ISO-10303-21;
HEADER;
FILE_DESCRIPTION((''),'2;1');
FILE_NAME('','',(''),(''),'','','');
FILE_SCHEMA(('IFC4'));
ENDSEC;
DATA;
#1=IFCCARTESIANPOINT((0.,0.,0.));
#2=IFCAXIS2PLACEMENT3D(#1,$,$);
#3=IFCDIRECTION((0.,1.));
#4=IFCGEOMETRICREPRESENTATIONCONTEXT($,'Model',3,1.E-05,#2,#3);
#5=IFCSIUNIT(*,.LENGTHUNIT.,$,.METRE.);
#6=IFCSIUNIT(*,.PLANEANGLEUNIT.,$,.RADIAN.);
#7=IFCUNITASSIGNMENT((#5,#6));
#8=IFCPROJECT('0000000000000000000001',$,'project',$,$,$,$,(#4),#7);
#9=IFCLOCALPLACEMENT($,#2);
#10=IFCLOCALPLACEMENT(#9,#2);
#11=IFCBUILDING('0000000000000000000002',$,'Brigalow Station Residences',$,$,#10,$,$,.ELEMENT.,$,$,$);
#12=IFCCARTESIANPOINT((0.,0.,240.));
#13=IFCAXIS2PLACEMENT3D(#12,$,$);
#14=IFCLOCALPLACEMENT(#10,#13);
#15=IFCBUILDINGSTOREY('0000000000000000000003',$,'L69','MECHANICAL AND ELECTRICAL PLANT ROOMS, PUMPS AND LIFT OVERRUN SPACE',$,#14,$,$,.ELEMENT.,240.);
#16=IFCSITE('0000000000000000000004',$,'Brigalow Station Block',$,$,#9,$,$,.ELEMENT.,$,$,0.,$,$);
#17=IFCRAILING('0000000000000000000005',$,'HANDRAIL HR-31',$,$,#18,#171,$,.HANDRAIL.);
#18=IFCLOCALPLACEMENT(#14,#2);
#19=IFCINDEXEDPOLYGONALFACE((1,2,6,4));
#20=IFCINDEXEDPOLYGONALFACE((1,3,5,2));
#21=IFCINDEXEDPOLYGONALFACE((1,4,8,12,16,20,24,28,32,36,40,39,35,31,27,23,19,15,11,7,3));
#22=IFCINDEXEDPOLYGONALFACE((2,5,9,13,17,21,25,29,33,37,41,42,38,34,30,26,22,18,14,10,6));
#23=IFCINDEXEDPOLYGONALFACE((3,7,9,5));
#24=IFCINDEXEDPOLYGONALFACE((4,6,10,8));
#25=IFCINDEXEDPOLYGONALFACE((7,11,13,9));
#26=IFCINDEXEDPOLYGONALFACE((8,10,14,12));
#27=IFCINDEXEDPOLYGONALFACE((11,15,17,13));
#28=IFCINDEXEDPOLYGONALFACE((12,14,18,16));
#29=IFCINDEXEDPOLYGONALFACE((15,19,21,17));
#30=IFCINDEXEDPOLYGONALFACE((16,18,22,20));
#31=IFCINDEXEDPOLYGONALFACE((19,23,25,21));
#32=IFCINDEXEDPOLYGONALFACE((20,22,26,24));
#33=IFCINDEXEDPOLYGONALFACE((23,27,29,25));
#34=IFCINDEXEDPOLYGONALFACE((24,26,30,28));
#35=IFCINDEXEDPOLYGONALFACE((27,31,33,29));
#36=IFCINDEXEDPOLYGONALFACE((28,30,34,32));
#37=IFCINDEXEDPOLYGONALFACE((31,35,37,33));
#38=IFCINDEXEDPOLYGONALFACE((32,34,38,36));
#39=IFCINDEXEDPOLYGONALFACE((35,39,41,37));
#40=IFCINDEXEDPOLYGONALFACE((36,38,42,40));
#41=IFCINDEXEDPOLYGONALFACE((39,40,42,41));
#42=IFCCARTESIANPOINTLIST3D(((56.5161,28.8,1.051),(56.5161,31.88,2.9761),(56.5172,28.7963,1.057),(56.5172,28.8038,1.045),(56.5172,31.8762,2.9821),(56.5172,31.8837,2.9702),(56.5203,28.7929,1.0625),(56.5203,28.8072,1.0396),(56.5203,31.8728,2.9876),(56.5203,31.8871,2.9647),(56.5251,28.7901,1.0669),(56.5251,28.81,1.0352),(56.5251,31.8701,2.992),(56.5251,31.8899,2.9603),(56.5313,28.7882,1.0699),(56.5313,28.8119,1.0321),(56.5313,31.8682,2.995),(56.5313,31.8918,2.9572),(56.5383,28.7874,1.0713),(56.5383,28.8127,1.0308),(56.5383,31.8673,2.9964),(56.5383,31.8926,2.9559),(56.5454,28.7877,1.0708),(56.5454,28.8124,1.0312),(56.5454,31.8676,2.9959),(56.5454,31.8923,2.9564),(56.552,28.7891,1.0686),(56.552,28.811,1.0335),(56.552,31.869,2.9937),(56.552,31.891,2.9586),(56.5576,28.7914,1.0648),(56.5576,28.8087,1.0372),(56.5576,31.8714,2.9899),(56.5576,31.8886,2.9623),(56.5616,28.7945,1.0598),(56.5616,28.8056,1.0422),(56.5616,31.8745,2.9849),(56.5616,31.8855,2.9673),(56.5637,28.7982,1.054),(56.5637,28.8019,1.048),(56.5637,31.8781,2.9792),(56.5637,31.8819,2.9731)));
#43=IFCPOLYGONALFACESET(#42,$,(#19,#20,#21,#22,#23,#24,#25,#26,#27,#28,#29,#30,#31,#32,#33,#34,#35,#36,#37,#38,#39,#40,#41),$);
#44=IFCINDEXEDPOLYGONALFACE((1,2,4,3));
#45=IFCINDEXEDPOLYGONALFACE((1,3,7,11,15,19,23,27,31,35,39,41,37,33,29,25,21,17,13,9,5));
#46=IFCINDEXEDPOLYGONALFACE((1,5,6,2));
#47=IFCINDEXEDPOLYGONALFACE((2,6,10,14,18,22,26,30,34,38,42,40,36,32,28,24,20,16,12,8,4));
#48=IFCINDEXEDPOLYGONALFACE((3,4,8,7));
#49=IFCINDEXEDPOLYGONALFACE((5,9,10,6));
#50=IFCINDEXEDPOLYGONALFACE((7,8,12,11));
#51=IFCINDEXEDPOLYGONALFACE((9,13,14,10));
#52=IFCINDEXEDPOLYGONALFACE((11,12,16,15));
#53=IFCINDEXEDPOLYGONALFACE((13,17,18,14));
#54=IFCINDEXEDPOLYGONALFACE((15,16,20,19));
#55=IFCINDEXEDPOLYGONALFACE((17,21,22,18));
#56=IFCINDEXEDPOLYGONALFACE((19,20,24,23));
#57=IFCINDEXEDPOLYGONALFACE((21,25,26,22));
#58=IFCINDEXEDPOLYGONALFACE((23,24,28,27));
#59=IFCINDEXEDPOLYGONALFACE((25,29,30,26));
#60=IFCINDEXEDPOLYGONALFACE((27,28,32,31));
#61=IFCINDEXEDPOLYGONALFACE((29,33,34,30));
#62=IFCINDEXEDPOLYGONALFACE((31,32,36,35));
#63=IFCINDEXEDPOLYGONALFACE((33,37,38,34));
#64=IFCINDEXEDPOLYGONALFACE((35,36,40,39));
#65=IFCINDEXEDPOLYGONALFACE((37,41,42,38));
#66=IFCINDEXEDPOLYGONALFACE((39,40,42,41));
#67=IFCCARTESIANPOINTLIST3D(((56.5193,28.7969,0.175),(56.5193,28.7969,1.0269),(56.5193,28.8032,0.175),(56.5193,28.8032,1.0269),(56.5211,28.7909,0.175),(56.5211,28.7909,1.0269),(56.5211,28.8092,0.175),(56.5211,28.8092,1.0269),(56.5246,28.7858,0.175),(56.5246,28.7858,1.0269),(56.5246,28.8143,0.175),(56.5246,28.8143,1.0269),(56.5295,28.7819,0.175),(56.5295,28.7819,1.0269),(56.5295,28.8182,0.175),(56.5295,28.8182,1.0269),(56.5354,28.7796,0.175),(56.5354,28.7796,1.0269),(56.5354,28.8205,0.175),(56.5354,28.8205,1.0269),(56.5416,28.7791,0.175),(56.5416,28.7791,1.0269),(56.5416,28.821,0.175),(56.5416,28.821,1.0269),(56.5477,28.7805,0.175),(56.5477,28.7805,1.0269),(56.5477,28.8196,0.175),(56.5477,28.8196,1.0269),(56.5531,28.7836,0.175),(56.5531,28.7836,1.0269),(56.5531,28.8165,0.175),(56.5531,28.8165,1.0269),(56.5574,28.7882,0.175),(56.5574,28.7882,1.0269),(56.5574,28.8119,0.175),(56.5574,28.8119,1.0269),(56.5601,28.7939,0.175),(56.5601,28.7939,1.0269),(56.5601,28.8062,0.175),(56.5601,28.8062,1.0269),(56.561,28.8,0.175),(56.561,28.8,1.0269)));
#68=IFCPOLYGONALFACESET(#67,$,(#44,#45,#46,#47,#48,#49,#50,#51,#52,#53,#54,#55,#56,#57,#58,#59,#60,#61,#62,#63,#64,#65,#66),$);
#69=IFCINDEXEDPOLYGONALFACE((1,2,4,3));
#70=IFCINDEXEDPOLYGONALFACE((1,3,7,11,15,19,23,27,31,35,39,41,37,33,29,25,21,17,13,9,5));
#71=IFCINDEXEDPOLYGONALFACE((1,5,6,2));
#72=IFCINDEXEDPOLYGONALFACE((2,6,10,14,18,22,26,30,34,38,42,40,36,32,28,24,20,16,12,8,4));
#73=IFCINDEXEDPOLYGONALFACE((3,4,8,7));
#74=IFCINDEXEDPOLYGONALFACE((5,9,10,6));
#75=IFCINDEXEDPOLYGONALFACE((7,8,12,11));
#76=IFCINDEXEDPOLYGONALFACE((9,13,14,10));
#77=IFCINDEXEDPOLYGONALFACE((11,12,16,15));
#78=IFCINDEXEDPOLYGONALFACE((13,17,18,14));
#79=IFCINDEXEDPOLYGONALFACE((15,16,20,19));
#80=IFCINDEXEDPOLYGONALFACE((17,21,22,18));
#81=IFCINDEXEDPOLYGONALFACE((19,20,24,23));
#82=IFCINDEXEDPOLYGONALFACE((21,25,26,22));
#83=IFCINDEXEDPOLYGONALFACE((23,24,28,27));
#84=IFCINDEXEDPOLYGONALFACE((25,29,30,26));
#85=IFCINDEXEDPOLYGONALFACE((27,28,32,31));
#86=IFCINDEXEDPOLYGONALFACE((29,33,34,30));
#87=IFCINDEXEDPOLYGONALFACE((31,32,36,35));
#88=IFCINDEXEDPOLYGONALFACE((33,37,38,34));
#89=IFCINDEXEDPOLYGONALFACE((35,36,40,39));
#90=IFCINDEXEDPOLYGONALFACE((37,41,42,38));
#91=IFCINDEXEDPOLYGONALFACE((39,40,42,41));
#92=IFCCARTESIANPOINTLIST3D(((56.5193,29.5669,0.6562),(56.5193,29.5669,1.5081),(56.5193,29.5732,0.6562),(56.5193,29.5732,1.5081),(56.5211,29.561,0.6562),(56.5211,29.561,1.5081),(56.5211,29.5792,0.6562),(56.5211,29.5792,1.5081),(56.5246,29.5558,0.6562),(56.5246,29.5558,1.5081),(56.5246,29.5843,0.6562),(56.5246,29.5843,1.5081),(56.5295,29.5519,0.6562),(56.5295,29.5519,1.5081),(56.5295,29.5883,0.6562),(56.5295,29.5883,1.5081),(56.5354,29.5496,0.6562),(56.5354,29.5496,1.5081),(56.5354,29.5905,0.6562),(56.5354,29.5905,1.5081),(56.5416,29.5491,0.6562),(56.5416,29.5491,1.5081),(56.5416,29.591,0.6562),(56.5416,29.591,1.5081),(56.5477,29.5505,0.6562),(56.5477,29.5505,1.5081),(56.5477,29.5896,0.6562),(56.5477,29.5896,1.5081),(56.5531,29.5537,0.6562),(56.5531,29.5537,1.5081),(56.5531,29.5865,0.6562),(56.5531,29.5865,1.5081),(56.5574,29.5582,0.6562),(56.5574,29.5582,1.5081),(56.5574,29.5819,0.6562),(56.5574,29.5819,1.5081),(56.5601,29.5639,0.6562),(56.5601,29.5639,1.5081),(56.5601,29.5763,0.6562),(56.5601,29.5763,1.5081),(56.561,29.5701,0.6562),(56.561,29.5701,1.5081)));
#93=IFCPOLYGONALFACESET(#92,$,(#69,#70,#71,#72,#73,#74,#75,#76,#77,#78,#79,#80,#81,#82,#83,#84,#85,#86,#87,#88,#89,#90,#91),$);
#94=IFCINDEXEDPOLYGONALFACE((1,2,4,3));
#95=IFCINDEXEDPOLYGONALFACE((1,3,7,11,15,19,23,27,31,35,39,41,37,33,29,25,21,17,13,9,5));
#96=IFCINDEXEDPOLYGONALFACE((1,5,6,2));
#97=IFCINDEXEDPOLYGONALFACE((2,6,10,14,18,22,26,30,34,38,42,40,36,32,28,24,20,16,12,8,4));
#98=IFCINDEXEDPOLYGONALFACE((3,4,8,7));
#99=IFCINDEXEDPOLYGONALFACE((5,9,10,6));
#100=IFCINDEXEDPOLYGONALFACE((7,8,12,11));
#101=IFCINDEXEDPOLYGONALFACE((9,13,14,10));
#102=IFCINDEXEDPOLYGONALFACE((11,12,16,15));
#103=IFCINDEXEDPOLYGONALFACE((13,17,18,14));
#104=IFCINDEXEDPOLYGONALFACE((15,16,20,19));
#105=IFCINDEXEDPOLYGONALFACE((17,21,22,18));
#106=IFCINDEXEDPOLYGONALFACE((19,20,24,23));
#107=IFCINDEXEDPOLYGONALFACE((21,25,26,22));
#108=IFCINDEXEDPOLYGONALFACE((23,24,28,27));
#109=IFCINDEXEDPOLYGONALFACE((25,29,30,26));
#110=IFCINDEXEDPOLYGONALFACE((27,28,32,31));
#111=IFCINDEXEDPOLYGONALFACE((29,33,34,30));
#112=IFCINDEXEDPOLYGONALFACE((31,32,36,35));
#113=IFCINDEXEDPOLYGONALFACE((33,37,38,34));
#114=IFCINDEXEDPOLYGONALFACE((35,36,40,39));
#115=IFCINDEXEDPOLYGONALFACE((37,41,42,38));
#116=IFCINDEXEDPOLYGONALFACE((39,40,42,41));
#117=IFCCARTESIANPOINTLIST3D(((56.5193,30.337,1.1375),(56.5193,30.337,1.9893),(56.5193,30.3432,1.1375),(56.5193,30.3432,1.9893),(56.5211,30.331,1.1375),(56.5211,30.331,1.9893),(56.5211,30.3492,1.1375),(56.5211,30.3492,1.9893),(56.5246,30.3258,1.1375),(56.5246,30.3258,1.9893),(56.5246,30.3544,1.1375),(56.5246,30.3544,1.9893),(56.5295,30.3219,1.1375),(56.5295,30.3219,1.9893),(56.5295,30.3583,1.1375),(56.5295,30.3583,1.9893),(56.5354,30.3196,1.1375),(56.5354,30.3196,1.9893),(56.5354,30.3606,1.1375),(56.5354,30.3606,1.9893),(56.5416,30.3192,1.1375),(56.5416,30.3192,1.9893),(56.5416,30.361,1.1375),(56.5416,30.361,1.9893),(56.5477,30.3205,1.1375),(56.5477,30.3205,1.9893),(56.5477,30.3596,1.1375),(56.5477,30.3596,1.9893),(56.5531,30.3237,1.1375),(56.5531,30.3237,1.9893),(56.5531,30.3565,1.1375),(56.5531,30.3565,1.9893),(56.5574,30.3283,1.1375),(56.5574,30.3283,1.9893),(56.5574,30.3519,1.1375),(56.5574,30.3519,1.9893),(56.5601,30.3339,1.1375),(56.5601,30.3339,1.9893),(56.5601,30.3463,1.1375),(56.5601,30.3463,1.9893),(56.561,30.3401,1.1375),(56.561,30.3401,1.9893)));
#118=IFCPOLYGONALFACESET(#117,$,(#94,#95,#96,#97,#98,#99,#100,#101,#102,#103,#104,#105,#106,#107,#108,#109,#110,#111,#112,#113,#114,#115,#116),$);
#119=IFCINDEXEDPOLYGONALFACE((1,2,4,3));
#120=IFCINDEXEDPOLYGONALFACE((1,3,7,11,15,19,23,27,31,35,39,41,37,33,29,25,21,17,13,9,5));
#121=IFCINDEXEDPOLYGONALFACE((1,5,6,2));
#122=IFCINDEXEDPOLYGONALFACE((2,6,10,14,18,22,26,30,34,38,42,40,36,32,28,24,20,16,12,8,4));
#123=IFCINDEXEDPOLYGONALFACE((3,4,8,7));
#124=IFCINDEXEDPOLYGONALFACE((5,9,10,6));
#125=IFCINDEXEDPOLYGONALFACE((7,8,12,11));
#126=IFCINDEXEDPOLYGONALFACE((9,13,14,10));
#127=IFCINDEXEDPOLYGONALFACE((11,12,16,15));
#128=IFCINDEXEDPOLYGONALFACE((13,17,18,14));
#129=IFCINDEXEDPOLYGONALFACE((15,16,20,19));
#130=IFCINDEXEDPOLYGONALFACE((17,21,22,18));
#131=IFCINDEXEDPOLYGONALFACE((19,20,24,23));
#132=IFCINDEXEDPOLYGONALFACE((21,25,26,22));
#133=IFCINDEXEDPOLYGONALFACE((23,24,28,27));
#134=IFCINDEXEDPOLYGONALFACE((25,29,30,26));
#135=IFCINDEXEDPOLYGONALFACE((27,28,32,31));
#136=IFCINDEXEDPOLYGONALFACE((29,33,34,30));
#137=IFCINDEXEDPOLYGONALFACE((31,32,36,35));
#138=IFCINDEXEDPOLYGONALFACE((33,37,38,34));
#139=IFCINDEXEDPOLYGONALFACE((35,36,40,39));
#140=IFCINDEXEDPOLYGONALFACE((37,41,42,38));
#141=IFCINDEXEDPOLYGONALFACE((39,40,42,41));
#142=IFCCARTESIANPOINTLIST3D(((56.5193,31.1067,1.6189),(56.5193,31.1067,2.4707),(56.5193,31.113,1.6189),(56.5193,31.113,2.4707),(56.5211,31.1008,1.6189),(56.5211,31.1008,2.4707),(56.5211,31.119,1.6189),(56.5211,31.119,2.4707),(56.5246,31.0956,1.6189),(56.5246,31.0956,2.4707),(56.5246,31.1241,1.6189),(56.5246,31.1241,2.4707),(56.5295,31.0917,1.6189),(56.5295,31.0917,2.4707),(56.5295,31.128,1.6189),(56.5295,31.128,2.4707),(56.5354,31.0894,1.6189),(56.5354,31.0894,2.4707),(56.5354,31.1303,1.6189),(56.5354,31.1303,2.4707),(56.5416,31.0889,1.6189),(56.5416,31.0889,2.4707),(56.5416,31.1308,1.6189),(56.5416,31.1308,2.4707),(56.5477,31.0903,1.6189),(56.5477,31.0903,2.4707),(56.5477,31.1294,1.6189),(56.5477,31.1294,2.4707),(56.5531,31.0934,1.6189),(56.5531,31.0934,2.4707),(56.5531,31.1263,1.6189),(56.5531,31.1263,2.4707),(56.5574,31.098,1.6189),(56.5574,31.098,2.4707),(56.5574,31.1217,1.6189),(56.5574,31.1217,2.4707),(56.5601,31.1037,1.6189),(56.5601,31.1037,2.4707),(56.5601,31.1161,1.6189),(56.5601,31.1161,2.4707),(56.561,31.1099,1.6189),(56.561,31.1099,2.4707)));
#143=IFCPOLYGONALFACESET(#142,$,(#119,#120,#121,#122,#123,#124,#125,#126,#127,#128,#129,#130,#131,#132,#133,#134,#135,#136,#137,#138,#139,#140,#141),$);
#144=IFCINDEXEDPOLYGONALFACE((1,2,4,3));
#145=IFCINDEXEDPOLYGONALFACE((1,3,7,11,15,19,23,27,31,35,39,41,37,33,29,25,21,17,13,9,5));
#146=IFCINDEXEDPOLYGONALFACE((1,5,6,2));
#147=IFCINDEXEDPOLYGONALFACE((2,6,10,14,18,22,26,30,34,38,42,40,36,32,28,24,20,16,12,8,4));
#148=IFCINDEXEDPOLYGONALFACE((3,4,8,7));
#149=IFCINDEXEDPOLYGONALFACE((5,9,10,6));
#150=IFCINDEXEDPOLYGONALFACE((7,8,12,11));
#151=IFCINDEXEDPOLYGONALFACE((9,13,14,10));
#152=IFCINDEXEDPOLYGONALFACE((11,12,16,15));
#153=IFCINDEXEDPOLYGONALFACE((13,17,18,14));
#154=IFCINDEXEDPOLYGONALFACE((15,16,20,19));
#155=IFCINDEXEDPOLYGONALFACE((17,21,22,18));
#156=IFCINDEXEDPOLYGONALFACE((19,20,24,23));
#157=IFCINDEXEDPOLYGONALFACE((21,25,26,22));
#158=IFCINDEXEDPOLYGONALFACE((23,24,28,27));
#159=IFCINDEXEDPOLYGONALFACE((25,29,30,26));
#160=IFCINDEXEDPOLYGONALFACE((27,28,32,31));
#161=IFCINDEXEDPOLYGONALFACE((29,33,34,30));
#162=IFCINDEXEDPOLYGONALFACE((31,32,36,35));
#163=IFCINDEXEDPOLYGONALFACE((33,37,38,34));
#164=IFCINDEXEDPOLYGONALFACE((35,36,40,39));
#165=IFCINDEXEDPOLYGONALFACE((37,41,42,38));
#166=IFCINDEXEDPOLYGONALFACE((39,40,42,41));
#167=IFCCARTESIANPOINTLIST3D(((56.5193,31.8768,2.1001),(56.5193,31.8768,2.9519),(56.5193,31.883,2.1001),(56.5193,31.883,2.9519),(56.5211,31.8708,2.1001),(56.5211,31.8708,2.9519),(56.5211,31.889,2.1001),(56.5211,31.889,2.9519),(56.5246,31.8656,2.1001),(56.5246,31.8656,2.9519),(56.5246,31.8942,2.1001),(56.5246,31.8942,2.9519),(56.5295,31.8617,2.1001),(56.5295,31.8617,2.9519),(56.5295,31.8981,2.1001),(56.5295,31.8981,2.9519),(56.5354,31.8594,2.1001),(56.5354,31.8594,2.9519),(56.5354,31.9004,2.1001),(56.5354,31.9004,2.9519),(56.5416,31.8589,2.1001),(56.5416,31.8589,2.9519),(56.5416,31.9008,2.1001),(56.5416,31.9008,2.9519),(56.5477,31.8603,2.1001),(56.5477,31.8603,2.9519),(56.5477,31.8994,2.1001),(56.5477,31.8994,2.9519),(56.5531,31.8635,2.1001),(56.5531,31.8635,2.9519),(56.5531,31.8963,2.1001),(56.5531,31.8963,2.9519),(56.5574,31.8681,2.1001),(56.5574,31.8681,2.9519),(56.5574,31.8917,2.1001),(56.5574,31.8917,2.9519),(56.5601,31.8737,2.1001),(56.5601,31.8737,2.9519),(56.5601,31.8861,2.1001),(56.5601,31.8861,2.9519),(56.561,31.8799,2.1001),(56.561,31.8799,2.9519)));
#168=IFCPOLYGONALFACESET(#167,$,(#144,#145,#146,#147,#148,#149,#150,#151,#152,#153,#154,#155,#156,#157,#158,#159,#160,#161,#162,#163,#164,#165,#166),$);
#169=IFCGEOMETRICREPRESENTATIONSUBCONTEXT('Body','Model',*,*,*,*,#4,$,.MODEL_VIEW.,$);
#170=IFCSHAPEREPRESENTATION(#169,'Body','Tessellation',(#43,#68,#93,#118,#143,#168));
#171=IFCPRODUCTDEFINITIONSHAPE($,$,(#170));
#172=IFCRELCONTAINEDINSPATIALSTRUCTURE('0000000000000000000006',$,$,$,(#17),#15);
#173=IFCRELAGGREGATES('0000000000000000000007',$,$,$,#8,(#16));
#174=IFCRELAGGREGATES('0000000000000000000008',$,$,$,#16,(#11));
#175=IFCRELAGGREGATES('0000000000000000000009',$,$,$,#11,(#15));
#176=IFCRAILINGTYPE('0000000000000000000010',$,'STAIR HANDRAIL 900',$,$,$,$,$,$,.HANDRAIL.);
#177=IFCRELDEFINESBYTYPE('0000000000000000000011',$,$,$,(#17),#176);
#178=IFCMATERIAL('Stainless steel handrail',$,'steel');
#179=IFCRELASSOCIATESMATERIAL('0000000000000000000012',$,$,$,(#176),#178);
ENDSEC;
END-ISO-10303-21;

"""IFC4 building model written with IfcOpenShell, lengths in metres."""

from ifc_helpers import new_model, si_unit, direction, frame, origin, origin_2d, place, context, subcontext, project, spatial, circle, extrude, material, type_object, element, save


model = new_model("IFC4")

# Units and contexts
model_context = context("Model", 3, precision=1e-05, world=origin(), true_north=direction((0.0, 1.0)))
body_context = subcontext(model_context, "Body", "Model", "MODEL_VIEW")
ifc_project = project(units=[si_unit("LENGTHUNIT", "METRE"), si_unit("PLANEANGLEUNIT", "RADIAN")], contexts=[model_context])

# Site, building, storey
site_placement = place(None, origin())
site = spatial("IfcSite", under=ifc_project, at=site_placement, Name="Brigalow Station Block", CompositionType="ELEMENT", RefElevation=0.0)
building_placement = place(site_placement, origin())
building = spatial("IfcBuilding", under=site, at=building_placement, Name="Brigalow Station Residences", CompositionType="ELEMENT")
storey_placement = place(building_placement, frame((0.0, 0.0, 240.0)))
storey = spatial("IfcBuildingStorey", under=building, at=storey_placement, Name="L69", Description="MECHANICAL AND ELECTRICAL PLANT ROOMS, PUMPS AND LIFT OVERRUN SPACE", CompositionType="ELEMENT", Elevation=240.0)

# Railing
ifc_material_1 = material(Name="Stainless steel handrail", Category="steel")
railing_type_1 = type_object("IfcRailingType", Name="STAIR HANDRAIL 900", PredefinedType="HANDRAIL", material=ifc_material_1)
railing_1_placement = place(storey_placement, frame((56.54, 28.8, 0.175)))
element("IfcRailing", 1, at=railing_1_placement, inside=storey, type_object=railing_type_1, Name="HANDRAIL HR-31", PredefinedType="HANDRAIL", context=body_context, shape_type="SweptSolid", body=[
    extrude(circle(Radius=0.0239, at=origin_2d()), frame((0.0, 0.0, 0.876), z_axis=(0.0, 0.847979, 0.530029), x_axis=(-1.0, 0.0, 0.0)), (0.0, 0.0, 1.0), 3.6321),
    extrude(circle(Radius=0.021, at=origin_2d()), origin(), (0.0, 0.0, 1.0), 0.8518),
    extrude(circle(Radius=0.021, at=origin_2d()), frame((0.0, 0.77, 0.4812)), (0.0, 0.0, 1.0), 0.8518),
    extrude(circle(Radius=0.021, at=origin_2d()), frame((0.0, 1.54, 0.9624)), (0.0, 0.0, 1.0), 0.8518),
    extrude(circle(Radius=0.021, at=origin_2d()), frame((0.0, 2.3098, 1.4438)), (0.0, 0.0, 1.0), 0.8518),
    extrude(circle(Radius=0.021, at=origin_2d()), frame((0.0, 3.0798, 1.925)), (0.0, 0.0, 1.0), 0.8518),
])

save(model, "model.ifc")
